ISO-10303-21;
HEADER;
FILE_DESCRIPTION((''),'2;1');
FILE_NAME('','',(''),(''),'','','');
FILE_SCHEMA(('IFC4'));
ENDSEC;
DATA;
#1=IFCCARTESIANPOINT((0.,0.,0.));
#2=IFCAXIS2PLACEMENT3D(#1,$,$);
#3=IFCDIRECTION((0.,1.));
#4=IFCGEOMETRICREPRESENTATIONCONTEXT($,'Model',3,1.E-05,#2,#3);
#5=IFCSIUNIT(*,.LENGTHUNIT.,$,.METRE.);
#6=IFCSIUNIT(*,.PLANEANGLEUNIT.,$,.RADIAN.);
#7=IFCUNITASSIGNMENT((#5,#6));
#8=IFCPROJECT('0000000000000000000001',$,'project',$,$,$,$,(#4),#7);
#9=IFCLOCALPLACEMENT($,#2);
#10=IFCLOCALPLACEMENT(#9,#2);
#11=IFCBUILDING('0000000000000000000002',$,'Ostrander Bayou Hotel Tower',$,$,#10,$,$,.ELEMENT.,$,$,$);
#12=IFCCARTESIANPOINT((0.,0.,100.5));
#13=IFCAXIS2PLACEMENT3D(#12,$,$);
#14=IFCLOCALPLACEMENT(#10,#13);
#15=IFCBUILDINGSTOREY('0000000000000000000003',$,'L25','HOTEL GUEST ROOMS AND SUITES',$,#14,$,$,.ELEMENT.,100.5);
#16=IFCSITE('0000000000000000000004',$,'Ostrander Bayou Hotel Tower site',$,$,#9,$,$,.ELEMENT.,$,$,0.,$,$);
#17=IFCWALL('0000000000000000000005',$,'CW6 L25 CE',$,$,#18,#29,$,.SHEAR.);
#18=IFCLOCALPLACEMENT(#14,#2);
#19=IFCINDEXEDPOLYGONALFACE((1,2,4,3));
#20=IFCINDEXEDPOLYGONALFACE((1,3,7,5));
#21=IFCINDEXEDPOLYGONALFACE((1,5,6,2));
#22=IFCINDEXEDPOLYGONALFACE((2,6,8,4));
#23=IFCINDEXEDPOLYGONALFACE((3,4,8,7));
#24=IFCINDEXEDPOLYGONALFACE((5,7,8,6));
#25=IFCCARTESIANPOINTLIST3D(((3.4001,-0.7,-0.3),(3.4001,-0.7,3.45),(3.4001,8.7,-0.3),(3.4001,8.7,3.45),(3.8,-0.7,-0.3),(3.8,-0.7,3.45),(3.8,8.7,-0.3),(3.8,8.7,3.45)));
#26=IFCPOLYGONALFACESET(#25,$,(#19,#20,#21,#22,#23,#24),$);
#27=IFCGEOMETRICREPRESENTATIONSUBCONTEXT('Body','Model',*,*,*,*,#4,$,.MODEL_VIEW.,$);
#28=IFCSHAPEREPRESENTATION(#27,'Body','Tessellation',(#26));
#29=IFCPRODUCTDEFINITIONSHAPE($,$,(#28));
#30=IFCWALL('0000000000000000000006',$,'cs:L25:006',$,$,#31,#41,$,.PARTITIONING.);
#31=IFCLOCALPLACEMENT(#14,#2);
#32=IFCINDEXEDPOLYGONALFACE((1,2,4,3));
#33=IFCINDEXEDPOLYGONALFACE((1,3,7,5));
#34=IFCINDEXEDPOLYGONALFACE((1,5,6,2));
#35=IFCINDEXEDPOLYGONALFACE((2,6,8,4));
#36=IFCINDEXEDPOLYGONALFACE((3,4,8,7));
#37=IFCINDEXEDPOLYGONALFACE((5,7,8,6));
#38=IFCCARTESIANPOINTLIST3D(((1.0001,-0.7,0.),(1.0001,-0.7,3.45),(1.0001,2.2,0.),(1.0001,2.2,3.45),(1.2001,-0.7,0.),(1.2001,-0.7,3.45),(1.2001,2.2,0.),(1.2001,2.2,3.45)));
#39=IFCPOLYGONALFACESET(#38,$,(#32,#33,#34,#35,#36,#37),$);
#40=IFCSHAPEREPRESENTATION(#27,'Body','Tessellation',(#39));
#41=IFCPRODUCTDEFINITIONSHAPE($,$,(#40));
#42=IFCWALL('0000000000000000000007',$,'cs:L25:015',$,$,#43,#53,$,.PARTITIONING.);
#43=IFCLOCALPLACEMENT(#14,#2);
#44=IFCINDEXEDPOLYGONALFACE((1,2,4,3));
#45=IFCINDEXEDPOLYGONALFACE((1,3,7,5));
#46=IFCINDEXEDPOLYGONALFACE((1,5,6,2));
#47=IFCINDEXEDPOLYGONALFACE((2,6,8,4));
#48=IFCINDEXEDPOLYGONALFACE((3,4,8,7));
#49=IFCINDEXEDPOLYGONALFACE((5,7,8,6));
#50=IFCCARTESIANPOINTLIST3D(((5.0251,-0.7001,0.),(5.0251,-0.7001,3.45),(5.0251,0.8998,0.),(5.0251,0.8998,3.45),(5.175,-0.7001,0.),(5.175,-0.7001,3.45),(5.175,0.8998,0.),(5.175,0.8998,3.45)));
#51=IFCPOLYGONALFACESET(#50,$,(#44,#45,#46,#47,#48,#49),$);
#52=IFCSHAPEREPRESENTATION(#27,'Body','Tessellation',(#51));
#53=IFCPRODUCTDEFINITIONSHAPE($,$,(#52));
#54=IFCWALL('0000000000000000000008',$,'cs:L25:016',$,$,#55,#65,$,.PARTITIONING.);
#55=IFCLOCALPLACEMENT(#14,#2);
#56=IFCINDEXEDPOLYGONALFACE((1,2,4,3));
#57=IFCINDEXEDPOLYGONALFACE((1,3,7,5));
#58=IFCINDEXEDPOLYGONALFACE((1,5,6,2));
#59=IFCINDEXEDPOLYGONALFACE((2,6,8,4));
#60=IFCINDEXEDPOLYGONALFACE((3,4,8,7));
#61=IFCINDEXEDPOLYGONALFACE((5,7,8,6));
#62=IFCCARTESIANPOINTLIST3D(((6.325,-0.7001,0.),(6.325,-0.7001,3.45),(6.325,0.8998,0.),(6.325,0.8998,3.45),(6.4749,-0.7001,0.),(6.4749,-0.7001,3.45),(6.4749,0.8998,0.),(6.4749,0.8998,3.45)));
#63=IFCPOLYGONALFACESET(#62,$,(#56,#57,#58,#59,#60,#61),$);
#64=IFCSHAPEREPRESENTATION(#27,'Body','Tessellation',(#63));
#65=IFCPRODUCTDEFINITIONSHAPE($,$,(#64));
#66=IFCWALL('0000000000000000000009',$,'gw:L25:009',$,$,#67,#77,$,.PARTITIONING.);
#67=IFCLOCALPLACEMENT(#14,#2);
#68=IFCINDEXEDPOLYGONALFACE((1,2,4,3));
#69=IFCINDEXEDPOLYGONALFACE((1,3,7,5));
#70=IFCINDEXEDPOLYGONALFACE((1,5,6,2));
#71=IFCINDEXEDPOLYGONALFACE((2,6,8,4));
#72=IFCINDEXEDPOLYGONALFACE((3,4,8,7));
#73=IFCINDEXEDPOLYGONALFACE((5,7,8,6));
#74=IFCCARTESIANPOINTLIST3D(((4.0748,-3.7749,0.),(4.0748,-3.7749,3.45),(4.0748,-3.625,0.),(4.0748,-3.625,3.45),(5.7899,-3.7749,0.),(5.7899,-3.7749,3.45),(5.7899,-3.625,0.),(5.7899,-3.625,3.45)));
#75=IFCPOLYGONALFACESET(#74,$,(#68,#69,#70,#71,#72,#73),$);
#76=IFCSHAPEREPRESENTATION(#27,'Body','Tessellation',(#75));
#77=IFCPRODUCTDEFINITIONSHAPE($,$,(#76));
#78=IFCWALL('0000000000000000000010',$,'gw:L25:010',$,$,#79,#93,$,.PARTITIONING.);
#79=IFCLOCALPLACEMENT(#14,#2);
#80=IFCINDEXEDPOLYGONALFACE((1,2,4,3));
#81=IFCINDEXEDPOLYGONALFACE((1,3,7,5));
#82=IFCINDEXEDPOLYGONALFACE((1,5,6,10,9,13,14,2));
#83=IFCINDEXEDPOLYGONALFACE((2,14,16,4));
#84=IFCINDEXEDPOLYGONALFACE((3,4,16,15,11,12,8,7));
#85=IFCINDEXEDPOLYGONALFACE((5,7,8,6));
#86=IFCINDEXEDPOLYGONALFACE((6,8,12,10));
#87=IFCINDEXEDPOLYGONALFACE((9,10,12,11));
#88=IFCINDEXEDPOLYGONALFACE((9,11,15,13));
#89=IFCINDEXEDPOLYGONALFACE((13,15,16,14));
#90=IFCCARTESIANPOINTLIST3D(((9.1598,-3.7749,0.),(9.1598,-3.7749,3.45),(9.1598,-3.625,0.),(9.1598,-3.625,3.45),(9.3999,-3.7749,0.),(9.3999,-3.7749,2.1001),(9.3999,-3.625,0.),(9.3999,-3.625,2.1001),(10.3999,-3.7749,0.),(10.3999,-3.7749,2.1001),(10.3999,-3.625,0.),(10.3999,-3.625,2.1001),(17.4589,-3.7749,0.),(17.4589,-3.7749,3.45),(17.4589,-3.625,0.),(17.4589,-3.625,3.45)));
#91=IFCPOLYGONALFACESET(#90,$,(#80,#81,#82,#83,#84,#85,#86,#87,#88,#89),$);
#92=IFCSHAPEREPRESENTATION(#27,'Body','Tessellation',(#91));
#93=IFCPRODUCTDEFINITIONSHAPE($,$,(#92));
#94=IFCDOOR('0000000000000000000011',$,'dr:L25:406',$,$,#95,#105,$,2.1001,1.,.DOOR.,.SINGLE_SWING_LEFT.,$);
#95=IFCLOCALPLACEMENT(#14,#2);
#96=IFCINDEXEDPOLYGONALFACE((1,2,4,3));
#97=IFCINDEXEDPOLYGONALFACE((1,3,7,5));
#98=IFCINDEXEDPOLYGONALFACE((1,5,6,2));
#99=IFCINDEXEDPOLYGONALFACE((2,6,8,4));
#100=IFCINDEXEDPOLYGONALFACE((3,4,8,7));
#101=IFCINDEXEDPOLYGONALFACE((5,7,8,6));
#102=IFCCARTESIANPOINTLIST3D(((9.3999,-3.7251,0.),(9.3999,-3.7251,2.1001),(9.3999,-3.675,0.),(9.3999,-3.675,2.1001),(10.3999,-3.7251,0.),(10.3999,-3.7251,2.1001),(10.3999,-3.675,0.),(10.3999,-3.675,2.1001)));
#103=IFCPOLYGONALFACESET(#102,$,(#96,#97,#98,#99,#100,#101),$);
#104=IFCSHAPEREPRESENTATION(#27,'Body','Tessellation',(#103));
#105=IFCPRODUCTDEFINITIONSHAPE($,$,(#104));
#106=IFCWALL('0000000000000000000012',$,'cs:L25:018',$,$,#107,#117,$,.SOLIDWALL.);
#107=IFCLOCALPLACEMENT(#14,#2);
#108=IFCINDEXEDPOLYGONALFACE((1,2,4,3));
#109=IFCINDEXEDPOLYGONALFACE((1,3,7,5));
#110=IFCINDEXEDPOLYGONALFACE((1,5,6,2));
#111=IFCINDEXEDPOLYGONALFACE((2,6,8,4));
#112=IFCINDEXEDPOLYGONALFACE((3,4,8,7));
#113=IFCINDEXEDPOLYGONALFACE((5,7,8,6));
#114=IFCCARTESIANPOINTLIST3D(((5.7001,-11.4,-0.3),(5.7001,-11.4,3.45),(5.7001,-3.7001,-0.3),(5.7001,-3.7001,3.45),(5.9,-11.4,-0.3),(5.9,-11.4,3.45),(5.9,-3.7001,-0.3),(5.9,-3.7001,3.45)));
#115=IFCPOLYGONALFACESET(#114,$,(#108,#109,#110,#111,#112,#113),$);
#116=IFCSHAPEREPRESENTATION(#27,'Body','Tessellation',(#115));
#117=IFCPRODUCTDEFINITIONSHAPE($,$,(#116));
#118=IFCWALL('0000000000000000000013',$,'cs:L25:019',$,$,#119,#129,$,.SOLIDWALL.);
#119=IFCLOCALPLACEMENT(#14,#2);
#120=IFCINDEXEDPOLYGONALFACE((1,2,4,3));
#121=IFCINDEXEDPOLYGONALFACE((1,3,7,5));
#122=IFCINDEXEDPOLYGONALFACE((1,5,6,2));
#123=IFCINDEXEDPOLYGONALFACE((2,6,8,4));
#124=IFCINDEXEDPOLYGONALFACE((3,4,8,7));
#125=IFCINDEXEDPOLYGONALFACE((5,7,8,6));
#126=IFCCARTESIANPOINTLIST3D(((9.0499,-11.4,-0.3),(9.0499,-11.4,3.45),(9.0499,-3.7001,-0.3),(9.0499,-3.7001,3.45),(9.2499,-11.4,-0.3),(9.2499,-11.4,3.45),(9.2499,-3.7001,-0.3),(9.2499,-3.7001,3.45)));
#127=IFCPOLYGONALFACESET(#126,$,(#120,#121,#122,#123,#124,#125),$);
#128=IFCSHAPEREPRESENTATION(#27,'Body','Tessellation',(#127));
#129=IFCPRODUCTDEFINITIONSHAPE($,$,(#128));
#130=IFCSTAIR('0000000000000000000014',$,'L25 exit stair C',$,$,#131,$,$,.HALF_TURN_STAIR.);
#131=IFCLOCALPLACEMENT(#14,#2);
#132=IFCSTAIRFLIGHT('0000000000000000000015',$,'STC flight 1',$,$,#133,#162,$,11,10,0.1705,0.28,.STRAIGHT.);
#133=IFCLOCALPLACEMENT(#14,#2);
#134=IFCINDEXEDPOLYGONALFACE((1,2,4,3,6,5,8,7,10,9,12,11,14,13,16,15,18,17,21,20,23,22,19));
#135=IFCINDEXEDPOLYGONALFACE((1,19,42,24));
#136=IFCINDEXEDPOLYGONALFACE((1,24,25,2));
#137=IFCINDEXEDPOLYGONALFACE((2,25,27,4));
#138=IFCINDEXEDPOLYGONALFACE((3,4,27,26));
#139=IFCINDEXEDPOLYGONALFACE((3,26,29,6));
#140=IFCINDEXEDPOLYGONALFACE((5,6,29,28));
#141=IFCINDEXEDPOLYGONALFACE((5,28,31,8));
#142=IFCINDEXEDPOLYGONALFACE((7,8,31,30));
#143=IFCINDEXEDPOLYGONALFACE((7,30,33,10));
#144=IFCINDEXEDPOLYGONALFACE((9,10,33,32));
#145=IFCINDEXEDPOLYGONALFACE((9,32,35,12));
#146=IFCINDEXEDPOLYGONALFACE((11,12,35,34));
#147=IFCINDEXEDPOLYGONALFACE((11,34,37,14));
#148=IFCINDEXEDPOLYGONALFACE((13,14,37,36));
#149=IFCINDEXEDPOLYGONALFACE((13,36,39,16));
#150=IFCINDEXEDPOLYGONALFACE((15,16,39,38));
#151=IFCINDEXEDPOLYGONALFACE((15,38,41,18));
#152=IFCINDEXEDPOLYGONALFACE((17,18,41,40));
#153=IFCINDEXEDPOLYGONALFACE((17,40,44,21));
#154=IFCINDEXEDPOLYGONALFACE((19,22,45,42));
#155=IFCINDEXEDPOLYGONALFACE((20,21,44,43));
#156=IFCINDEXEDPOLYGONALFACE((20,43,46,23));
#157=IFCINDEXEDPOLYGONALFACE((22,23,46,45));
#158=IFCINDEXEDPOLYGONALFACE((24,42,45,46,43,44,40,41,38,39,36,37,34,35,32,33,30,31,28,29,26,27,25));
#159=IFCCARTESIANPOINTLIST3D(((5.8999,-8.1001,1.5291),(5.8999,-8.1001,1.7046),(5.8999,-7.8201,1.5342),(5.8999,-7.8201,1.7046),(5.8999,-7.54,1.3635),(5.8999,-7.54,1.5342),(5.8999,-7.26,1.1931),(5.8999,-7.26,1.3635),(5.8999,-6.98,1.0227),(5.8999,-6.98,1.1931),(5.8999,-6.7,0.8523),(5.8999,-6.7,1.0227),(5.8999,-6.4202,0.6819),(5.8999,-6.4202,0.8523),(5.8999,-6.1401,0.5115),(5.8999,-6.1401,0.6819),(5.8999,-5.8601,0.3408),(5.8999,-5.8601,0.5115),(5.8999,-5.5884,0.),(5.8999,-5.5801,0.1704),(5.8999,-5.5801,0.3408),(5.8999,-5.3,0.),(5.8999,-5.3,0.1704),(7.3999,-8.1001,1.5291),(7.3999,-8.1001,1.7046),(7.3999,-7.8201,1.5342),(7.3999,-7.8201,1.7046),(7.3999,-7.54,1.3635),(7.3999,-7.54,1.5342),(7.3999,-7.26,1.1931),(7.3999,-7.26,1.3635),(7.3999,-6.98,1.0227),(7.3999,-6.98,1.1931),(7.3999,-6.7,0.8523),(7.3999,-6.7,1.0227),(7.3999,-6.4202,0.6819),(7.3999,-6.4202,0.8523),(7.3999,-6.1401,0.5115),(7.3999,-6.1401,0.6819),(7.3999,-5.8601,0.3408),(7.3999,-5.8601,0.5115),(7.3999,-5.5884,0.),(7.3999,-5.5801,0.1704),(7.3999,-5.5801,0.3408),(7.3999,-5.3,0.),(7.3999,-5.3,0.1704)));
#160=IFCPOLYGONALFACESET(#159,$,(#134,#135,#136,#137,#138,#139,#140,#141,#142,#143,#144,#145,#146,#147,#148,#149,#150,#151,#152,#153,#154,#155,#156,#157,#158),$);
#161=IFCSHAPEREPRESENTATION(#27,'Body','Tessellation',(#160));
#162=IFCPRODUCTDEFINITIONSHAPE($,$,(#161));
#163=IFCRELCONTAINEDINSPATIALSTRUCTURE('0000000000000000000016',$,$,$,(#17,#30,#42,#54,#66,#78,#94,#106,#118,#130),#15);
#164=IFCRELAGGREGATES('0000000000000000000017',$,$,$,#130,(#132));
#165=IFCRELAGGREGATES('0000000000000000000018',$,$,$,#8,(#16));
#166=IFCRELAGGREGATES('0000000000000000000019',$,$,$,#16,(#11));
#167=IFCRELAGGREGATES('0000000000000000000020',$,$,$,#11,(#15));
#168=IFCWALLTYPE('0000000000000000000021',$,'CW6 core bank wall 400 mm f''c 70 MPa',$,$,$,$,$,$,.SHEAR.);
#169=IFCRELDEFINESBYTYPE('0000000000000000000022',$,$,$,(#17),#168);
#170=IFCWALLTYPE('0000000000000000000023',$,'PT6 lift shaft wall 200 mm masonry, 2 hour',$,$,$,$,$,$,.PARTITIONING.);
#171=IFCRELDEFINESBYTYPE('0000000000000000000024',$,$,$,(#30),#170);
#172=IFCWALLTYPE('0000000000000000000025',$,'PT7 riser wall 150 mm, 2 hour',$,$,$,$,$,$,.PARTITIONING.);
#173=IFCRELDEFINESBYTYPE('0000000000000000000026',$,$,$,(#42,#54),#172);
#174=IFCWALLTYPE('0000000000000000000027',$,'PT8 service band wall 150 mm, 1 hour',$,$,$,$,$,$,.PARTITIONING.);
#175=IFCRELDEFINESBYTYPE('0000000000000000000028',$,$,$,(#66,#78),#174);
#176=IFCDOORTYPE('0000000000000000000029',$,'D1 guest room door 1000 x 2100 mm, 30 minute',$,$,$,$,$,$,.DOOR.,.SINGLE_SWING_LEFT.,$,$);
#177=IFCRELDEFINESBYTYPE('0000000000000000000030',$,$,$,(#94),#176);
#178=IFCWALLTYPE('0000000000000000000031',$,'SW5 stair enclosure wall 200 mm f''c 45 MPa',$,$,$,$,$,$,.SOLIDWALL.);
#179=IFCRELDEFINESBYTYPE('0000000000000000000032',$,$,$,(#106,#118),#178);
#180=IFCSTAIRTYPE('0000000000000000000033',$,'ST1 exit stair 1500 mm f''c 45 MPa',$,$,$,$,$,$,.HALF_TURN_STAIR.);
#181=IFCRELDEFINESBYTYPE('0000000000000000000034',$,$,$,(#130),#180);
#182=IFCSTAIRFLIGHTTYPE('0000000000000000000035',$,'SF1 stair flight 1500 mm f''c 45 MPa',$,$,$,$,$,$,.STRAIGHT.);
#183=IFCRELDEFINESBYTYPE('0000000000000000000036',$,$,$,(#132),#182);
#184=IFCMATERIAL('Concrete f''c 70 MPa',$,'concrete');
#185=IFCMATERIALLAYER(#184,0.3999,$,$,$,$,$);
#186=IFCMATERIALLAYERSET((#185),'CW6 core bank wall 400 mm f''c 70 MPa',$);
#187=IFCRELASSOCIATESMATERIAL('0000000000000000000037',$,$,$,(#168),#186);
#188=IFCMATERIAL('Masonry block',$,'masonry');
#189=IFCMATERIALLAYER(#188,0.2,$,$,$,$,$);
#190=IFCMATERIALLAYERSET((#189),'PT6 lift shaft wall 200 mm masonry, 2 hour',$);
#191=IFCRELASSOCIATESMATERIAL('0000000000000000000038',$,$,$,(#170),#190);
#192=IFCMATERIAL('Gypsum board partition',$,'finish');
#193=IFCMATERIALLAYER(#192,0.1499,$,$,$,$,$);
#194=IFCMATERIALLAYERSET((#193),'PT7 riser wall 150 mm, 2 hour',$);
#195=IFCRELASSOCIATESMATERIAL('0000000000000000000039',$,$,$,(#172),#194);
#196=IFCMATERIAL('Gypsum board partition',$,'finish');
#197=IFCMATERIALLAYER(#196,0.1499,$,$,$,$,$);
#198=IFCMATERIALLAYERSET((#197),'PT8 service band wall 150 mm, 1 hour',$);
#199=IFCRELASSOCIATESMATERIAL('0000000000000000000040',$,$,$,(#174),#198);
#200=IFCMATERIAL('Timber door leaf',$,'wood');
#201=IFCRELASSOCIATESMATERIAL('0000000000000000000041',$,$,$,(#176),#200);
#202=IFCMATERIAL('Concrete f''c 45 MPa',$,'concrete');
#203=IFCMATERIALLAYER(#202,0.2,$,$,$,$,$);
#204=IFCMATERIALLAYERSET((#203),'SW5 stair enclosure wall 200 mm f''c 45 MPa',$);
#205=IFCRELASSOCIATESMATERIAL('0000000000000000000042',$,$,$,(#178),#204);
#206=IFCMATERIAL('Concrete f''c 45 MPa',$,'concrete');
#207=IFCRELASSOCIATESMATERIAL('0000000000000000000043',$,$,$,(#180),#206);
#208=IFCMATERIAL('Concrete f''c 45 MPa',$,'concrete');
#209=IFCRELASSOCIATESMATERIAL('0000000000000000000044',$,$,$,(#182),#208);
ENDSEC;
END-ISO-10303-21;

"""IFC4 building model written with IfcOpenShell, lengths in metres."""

from ifc_helpers import new_model, si_unit, direction, frame, frame_2d, origin, place, context, subcontext, project, spatial, polyline, rectangle, outline, extrude, material, layer, layer_set, type_object, element, fill, aggregate, save


model = new_model("IFC4")

# Units and contexts
model_context = context("Model", 3, precision=1e-05, world=origin(), true_north=direction((0.0, 1.0)))
body_context = subcontext(model_context, "Body", "Model", "MODEL_VIEW")
ifc_project = project(units=[si_unit("LENGTHUNIT", "METRE"), si_unit("PLANEANGLEUNIT", "RADIAN")], contexts=[model_context])

# Site, building, storey
site_placement = place(None, origin())
site = spatial("IfcSite", under=ifc_project, at=site_placement, Name="Ostrander Bayou Hotel Tower site", CompositionType="ELEMENT", RefElevation=0.0)
building_placement = place(site_placement, origin())
building = spatial("IfcBuilding", under=site, at=building_placement, Name="Ostrander Bayou Hotel Tower", CompositionType="ELEMENT")
storey_placement = place(building_placement, frame((0.0, 0.0, 100.5)))
storey = spatial("IfcBuildingStorey", under=building, at=storey_placement, Name="L25", Description="HOTEL GUEST ROOMS AND SUITES", CompositionType="ELEMENT", Elevation=100.5)

# Walls
ifc_material_1 = material(Name="Concrete f'c 70 MPa", Category="concrete")
ifc_layer_1 = layer(ifc_material_1, 0.3999)
ifc_layer_set_1 = layer_set([ifc_layer_1], Name="CW6 core bank wall 400 mm f'c 70 MPa")
wall_type_1 = type_object("IfcWallType", Name="CW6 core bank wall 400 mm f'c 70 MPa", PredefinedType="SHEAR", material=ifc_layer_set_1)
wall_1_placement = place(storey_placement, frame((3.6001, -0.7, -0.3), z_axis=(0.0, 0.0, 1.0), x_axis=(0.0, 1.0, 0.0)))
element("IfcWall", 1, at=wall_1_placement, inside=storey, type_object=wall_type_1, Name="CW6 L25 CE", PredefinedType="SHEAR", context=body_context, shape_type="SweptSolid", body=[
    extrude(rectangle(XDim=9.3999, YDim=0.3999, at=frame_2d((4.7, 0.0))), origin(), (0.0, 0.0, 1.0), 3.75),
])
ifc_material_2 = material(Name="Masonry block", Category="masonry")
ifc_layer_2 = layer(ifc_material_2, 0.2)
ifc_layer_set_2 = layer_set([ifc_layer_2], Name="PT6 lift shaft wall 200 mm masonry, 2 hour")
wall_type_2 = type_object("IfcWallType", Name="PT6 lift shaft wall 200 mm masonry, 2 hour", PredefinedType="PARTITIONING", material=ifc_layer_set_2)
wall_2_placement = place(storey_placement, frame((1.1001, -0.7, 0.0), z_axis=(0.0, 0.0, 1.0), x_axis=(0.0, 1.0, 0.0)))
element("IfcWall", 2, at=wall_2_placement, inside=storey, type_object=wall_type_2, Name="cs:L25:006", PredefinedType="PARTITIONING", context=body_context, shape_type="SweptSolid", body=[
    extrude(rectangle(XDim=2.8999, YDim=0.2, at=frame_2d((1.45, 0.0))), origin(), (0.0, 0.0, 1.0), 3.45),
])
ifc_material_3 = material(Name="Gypsum board partition", Category="finish")
ifc_layer_3 = layer(ifc_material_3, 0.1499)
ifc_layer_set_3 = layer_set([ifc_layer_3], Name="PT7 riser wall 150 mm, 2 hour")
wall_type_3 = type_object("IfcWallType", Name="PT7 riser wall 150 mm, 2 hour", PredefinedType="PARTITIONING", material=ifc_layer_set_3)
for number, where, z_axis, x_axis, name in (
    (3, (5.1001, -0.7, 0.0), (0.0, 0.0, 1.0), (0.0, 1.0, 0.0), "cs:L25:015"),
    (4, (6.3999, -0.7, 0.0), (0.0, 0.0, 1.0), (0.0, 1.0, 0.0), "cs:L25:016"),
):
    element("IfcWall", number, at=place(storey_placement, frame(where, z_axis=z_axis, x_axis=x_axis)), inside=storey, type_object=wall_type_3, Name=name, PredefinedType="PARTITIONING", context=body_context, shape_type="SweptSolid", body=[
        extrude(rectangle(XDim=1.5999, YDim=0.1499, at=frame_2d((0.7998, 0.0))), origin(), (0.0, 0.0, 1.0), 3.45),
    ])
ifc_material_4 = material(Name="Gypsum board partition", Category="finish")
ifc_layer_4 = layer(ifc_material_4, 0.1499)
ifc_layer_set_4 = layer_set([ifc_layer_4], Name="PT8 service band wall 150 mm, 1 hour")
wall_type_4 = type_object("IfcWallType", Name="PT8 service band wall 150 mm, 1 hour", PredefinedType="PARTITIONING", material=ifc_layer_set_4)
wall_3_placement = place(storey_placement, frame((4.075, -3.7, 0.0), z_axis=(0.0, 0.0, 1.0), x_axis=(1.0, 0.0, 0.0)))
element("IfcWall", 5, at=wall_3_placement, inside=storey, type_object=wall_type_4, Name="gw:L25:009", PredefinedType="PARTITIONING", context=body_context, shape_type="SweptSolid", body=[
    extrude(rectangle(XDim=1.7151, YDim=0.1499, at=frame_2d((0.8574, 0.0))), origin(), (0.0, 0.0, 1.0), 3.45),
])

# Wall, opening, door
wall_4_placement = place(storey_placement, frame((9.1599, -3.7, 0.0), z_axis=(0.0, 0.0, 1.0), x_axis=(1.0, 0.0, 0.0)))
wall_4 = element("IfcWall", 6, at=wall_4_placement, inside=storey, type_object=wall_type_4, Name="gw:L25:010", PredefinedType="PARTITIONING", context=body_context, shape_type="SweptSolid", body=[
    extrude(rectangle(XDim=8.2991, YDim=0.1499, at=frame_2d((4.1494, 0.0))), origin(), (0.0, 0.0, 1.0), 3.45),
])
opening_1_placement = place(wall_4_placement, frame((0.24, 0.0, 0.0)))
opening_1 = element("IfcOpeningElement", 7, at=opening_1_placement, cuts=wall_4, PredefinedType="OPENING", context=body_context, shape_type="SweptSolid", body=[
    extrude(rectangle(XDim=1.0, YDim=2.1001, at=frame_2d((0.5, 1.05))), frame((0.0, 0.075, 0.0), z_axis=(0.0, -1.0, 0.0), x_axis=(1.0, 0.0, 0.0)), (0.0, 0.0, 1.0), 0.1499),
])
ifc_material_5 = material(Name="Timber door leaf", Category="wood")
door_type_1 = type_object("IfcDoorType", Name="D1 guest room door 1000 x 2100 mm, 30 minute", OperationType="SINGLE_SWING_LEFT", PredefinedType="DOOR", material=ifc_material_5)
door_1_placement = place(opening_1_placement, origin())
door_1 = element("IfcDoor", 8, at=door_1_placement, inside=storey, type_object=door_type_1, Name="dr:L25:406", OperationType="SINGLE_SWING_LEFT", OverallHeight=2.1001, OverallWidth=1.0, PredefinedType="DOOR", context=body_context, shape_type="SweptSolid", body=[
    extrude(rectangle(XDim=1.0, YDim=2.1001, at=frame_2d((0.5, 1.05))), frame((0.0, 0.0249, 0.0), z_axis=(0.0, -1.0, 0.0), x_axis=(1.0, 0.0, 0.0)), (0.0, 0.0, 1.0), 0.05),
])
fill(opening_1, door_1)
ifc_material_6 = material(Name="Concrete f'c 45 MPa", Category="concrete")
ifc_layer_5 = layer(ifc_material_6, 0.2)
ifc_layer_set_5 = layer_set([ifc_layer_5], Name="SW5 stair enclosure wall 200 mm f'c 45 MPa")
wall_type_5 = type_object("IfcWallType", Name="SW5 stair enclosure wall 200 mm f'c 45 MPa", PredefinedType="SOLIDWALL", material=ifc_layer_set_5)

# Walls
for number, where, z_axis, x_axis, name in (
    (9, (5.8, -3.7, -0.3), (0.0, 0.0, 1.0), (0.0, -1.0, 0.0), "cs:L25:018"),
    (10, (9.1499, -3.7, -0.3), (0.0, 0.0, 1.0), (0.0, -1.0, 0.0), "cs:L25:019"),
):
    element("IfcWall", number, at=place(storey_placement, frame(where, z_axis=z_axis, x_axis=x_axis)), inside=storey, type_object=wall_type_5, Name=name, PredefinedType="SOLIDWALL", context=body_context, shape_type="SweptSolid", body=[
        extrude(rectangle(XDim=7.7, YDim=0.2, at=frame_2d((3.8501, 0.0))), origin(), (0.0, 0.0, 1.0), 3.75),
    ])

# Stair, stair flight
ifc_material_7 = material(Name="Concrete f'c 45 MPa", Category="concrete")
stair_type = type_object("IfcStairType", Name="ST1 exit stair 1500 mm f'c 45 MPa", PredefinedType="HALF_TURN_STAIR", material=ifc_material_7)
stair_placement = place(storey_placement, origin())
stair = element("IfcStair", 11, at=stair_placement, inside=storey, type_object=stair_type, Name="L25 exit stair C", PredefinedType="HALF_TURN_STAIR")
ifc_material_8 = material(Name="Concrete f'c 45 MPa", Category="concrete")
stair_flight_type = type_object("IfcStairFlightType", Name="SF1 stair flight 1500 mm f'c 45 MPa", PredefinedType="STRAIGHT", material=ifc_material_8)
stair_flight_1_placement = place(storey_placement, frame((6.6499, -5.3, 0.0), z_axis=(0.0, 0.0, 1.0), x_axis=(0.0, -1.0, 0.0)))
stair_flight_1 = element("IfcStairFlight", 12, at=stair_flight_1_placement, type_object=stair_flight_type, Name="STC flight 1", NumberOfRisers=11, NumberOfTreads=10, PredefinedType="STRAIGHT", RiserHeight=0.1705, TreadLength=0.28, context=body_context, shape_type="SweptSolid", body=[
    extrude(outline(polyline([(0.0, 0.0), (0.0, 0.1704), (0.28, 0.1704), (0.28, 0.3408), (0.5601, 0.3408), (0.5601, 0.5115), (0.8401, 0.5115), (0.8401, 0.6819), (1.1201, 0.6819), (1.1201, 0.8523), (1.3999, 0.8523), (1.3999, 1.0227), (1.6799, 1.0227), (1.6799, 1.1931), (1.96, 1.1931), (1.96, 1.3635), (2.24, 1.3635), (2.24, 1.5342), (2.52, 1.5342), (2.52, 1.7046), (2.8, 1.7046), (2.8, 1.875), (2.8, 1.5291), (0.2883, 0.0), (0.0, 0.0)])), frame((0.0, 0.75, 0.0), z_axis=(0.0, -1.0, 0.0), x_axis=(1.0, 0.0, 0.0)), (0.0, 0.0, 1.0), 1.5),
])
aggregate(stair, [stair_flight_1])

save(model, "model.ifc")
